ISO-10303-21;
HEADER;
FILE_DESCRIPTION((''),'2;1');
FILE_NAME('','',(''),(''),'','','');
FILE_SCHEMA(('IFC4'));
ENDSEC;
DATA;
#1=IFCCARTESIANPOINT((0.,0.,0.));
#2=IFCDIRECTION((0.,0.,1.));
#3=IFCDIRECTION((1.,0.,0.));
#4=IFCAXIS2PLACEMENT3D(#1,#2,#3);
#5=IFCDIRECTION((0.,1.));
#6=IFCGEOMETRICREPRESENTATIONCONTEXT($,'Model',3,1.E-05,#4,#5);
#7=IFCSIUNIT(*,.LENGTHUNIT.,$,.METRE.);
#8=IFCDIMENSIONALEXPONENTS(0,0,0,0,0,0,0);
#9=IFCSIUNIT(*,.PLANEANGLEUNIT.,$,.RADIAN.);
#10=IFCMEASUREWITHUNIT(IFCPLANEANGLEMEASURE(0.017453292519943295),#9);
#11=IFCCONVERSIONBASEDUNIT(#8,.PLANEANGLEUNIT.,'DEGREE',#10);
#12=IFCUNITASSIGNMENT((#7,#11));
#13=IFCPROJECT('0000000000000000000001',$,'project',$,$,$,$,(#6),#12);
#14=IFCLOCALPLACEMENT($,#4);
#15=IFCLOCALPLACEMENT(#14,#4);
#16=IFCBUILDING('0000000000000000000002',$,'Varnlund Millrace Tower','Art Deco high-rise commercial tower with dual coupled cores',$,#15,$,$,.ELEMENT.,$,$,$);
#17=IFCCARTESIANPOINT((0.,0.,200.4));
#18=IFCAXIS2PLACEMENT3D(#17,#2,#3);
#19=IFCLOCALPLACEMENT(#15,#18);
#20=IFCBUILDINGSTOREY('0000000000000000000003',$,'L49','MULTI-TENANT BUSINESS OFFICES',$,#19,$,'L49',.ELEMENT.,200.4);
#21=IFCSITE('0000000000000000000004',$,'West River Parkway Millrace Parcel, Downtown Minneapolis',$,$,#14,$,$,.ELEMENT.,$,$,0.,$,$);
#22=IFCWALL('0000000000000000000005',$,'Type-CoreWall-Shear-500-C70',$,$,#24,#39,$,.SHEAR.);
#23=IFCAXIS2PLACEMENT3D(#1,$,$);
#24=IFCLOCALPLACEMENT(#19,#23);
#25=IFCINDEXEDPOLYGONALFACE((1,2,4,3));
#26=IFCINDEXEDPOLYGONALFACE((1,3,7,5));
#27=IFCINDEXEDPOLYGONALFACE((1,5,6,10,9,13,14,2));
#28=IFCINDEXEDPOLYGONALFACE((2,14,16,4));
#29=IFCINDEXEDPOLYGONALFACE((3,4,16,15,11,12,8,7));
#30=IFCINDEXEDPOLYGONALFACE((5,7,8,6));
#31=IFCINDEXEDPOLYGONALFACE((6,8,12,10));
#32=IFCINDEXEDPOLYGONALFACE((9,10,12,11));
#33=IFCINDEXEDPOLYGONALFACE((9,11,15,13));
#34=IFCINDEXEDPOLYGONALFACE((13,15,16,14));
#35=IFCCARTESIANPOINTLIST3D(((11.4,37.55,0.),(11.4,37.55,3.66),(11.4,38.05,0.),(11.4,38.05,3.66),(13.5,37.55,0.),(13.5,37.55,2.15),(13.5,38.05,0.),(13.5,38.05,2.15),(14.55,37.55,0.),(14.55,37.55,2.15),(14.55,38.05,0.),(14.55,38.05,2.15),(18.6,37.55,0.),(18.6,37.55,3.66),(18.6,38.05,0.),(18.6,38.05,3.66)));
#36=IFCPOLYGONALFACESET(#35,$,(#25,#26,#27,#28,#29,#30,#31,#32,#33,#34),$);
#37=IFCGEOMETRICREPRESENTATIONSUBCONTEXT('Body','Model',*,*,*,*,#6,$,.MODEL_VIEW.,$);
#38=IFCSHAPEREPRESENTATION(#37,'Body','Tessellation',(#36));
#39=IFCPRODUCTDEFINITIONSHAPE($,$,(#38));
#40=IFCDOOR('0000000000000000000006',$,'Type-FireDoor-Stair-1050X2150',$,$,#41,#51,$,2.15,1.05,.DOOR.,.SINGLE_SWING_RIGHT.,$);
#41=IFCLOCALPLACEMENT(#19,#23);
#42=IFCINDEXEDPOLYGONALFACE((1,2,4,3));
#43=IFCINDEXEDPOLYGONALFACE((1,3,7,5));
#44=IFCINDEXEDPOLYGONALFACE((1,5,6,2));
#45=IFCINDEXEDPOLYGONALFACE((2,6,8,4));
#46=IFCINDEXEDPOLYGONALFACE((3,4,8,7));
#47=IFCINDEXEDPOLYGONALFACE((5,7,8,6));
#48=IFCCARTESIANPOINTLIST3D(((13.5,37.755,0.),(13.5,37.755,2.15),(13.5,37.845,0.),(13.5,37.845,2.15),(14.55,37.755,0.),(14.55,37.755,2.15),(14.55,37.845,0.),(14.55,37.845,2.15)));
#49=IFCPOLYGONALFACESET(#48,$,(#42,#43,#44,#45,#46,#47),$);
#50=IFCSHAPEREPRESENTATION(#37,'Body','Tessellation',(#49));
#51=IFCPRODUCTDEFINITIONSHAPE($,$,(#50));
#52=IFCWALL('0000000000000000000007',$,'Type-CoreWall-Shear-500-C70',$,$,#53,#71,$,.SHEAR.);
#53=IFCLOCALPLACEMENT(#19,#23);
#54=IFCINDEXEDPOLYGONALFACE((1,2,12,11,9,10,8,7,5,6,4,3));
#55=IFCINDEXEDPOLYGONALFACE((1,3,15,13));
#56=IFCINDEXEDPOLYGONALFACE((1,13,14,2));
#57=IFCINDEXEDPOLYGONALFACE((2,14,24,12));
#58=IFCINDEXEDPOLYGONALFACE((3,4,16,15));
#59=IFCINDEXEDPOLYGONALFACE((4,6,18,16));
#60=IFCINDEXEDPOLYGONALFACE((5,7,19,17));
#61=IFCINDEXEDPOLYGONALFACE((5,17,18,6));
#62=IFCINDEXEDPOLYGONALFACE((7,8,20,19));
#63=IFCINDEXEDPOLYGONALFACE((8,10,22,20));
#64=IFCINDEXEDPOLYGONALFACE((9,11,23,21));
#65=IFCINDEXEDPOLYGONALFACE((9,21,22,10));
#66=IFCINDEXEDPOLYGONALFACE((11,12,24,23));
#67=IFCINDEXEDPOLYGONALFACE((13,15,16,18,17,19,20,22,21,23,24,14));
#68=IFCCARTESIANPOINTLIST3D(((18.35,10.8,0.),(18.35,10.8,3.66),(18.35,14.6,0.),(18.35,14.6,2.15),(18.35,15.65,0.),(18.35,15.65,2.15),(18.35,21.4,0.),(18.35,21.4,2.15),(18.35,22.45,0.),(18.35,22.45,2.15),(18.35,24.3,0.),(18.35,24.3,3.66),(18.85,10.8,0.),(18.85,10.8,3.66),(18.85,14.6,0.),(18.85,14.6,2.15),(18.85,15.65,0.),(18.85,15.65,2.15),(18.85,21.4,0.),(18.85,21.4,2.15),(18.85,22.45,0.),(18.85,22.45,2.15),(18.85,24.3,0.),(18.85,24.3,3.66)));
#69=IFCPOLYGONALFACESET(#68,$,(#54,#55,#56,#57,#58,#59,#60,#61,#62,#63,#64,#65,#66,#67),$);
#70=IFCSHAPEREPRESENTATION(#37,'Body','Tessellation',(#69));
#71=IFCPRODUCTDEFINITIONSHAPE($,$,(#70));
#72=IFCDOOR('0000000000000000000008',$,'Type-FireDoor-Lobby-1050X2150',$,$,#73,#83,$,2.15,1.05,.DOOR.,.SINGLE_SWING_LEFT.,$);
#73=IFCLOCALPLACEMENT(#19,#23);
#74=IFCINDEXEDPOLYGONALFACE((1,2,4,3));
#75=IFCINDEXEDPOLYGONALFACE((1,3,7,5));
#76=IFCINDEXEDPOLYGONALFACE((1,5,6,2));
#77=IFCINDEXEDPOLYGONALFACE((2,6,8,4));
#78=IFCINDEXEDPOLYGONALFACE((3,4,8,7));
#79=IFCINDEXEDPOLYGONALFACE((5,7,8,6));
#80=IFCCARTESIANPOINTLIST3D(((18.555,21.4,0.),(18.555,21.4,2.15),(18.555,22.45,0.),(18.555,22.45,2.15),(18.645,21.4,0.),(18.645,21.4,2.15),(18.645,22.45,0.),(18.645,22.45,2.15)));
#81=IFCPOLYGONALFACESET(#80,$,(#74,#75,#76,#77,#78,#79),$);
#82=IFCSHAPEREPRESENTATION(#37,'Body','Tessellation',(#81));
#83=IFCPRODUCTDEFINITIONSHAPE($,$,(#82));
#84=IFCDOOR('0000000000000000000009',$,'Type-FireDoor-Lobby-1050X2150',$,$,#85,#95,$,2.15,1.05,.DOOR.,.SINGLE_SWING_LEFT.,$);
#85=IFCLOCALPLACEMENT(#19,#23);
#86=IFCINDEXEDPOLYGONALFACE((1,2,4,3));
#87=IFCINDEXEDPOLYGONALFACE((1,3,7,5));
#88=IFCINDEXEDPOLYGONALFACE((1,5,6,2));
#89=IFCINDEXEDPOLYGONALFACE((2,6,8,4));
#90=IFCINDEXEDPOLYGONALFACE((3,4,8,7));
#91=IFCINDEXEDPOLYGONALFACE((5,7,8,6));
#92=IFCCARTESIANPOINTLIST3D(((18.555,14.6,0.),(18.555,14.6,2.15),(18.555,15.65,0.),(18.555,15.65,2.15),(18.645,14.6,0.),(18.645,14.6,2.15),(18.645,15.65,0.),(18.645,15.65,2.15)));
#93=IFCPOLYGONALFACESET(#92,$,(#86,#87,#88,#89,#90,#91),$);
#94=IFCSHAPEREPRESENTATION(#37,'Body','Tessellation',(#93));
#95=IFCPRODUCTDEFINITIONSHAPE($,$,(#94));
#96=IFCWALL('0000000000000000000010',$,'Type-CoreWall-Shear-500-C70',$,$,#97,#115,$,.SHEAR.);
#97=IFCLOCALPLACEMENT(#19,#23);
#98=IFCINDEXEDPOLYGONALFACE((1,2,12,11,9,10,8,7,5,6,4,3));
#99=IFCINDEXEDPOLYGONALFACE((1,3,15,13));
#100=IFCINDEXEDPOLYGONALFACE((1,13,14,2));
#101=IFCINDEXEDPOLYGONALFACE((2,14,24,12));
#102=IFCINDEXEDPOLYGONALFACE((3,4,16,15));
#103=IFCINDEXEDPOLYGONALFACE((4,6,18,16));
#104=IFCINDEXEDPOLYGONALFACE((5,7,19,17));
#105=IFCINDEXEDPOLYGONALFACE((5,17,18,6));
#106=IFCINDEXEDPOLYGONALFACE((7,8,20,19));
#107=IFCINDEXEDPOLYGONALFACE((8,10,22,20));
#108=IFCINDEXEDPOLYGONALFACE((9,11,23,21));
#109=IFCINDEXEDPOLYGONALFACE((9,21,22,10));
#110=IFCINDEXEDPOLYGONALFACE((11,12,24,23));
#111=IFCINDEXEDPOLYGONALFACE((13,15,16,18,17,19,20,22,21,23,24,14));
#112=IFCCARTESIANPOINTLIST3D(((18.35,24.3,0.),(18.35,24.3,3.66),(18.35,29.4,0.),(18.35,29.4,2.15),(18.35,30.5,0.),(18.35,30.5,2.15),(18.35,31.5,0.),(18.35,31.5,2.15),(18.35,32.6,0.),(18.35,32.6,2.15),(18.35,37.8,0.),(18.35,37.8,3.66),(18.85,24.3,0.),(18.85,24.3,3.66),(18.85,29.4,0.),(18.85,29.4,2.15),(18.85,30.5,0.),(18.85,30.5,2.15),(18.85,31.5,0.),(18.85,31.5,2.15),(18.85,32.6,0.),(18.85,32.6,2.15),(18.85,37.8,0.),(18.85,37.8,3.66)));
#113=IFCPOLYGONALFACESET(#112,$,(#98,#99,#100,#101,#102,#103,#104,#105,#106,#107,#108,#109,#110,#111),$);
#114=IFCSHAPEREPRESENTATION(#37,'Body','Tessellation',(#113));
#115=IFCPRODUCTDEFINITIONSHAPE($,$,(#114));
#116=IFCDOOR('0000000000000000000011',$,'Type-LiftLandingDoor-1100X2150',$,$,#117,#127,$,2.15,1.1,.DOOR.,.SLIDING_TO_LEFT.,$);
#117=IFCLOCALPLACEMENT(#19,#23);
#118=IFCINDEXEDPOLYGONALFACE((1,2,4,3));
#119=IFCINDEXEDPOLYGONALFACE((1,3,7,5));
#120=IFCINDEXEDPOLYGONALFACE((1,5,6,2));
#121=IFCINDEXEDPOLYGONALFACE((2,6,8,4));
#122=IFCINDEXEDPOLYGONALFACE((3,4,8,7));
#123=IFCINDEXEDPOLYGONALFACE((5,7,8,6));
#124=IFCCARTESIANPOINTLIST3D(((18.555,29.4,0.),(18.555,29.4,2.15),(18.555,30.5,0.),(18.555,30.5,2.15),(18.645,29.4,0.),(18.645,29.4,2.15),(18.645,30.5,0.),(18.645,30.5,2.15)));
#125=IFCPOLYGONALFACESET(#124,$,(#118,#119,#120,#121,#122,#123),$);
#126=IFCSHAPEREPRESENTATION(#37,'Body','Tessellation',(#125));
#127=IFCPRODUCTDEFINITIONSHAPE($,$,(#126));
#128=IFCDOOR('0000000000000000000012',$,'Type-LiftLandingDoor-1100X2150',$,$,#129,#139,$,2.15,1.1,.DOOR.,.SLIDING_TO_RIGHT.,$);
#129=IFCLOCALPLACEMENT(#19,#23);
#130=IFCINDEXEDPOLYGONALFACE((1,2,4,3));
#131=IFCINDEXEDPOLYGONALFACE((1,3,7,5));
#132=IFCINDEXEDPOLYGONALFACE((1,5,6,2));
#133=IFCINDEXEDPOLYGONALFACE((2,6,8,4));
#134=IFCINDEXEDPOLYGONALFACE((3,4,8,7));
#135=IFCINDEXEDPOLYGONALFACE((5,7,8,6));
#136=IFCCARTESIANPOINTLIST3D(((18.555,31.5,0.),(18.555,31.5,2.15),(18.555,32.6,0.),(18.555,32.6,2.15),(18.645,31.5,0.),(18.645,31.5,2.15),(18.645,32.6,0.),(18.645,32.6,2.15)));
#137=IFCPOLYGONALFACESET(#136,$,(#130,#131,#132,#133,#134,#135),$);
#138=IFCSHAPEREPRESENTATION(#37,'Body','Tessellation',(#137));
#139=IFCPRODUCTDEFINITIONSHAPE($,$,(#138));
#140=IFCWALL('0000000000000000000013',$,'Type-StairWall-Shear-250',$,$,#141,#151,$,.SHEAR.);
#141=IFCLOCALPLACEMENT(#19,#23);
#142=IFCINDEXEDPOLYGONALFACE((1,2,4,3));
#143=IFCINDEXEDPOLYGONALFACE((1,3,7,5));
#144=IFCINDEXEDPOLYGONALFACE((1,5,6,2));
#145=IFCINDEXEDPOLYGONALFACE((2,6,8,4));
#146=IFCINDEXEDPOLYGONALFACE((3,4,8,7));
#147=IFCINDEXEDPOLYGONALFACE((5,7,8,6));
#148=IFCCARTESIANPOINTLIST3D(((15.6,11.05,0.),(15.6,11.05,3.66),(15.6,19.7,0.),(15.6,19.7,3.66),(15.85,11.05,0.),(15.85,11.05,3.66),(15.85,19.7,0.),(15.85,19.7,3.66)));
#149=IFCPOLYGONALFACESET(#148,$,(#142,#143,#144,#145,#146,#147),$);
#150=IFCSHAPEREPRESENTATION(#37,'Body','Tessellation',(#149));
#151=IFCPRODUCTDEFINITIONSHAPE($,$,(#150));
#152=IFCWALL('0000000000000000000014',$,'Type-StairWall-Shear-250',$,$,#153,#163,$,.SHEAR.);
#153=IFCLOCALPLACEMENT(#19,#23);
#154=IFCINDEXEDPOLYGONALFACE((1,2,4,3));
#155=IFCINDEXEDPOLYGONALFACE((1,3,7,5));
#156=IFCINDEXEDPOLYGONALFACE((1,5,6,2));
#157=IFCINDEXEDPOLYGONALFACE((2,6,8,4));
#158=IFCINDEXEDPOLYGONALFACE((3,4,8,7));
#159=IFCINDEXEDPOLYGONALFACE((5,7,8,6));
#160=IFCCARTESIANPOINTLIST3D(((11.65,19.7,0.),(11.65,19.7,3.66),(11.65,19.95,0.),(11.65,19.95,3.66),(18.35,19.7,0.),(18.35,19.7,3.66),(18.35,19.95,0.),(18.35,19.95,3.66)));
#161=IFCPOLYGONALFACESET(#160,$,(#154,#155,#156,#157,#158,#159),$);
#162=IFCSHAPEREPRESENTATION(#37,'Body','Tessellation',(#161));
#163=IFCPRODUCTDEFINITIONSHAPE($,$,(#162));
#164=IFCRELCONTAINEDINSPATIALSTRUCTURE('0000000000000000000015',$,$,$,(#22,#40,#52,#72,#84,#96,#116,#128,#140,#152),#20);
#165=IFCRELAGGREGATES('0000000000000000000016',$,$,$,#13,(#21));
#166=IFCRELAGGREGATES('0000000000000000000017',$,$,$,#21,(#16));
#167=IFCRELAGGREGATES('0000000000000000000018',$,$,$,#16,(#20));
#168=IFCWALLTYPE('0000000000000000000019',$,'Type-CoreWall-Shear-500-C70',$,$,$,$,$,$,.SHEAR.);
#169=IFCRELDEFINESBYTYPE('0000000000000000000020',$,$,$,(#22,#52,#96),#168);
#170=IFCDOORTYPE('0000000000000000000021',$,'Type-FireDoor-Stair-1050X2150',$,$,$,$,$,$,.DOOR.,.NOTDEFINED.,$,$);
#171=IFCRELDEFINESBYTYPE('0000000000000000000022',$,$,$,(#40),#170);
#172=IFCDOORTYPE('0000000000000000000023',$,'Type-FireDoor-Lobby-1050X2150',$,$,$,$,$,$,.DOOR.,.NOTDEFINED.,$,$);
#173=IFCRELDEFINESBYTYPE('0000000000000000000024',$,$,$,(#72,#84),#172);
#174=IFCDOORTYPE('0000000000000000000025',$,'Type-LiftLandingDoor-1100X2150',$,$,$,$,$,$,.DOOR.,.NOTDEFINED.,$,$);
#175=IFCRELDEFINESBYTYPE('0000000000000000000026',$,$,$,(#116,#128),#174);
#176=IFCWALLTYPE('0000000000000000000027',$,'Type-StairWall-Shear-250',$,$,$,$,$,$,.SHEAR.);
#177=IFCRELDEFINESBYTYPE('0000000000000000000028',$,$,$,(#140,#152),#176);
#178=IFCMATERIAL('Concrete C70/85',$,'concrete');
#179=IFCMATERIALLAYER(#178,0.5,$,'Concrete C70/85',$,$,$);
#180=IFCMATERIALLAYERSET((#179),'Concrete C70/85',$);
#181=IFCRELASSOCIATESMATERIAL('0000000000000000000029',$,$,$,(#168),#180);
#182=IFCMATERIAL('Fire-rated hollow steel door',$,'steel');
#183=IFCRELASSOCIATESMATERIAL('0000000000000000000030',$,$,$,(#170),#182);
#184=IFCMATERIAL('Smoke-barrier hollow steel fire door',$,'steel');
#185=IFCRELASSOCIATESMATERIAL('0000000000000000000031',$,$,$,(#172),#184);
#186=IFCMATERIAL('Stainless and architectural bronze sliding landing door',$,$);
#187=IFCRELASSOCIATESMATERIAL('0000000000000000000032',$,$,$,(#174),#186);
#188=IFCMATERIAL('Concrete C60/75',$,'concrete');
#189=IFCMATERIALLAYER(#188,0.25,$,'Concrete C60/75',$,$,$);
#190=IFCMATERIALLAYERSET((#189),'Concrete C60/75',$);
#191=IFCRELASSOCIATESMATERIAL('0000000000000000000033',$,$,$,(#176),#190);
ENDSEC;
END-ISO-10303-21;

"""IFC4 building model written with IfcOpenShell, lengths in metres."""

from ifc_helpers import new_model, entity, si_unit, converted_unit, direction, frame, origin_with_axes, origin_2d_with_axis, place, context, subcontext, project, spatial, polyline, rectangle, outline, extrude, material, layer, layer_set, type_object, element, fill, save


model = new_model("IFC4")

# Units and contexts
model_context = context("Model", 3, precision=1e-05, world=origin_with_axes(), true_north=direction((0.0, 1.0)))
body_context = subcontext(model_context, "Body", "Model", "MODEL_VIEW")
ifc_project = project(units=[si_unit("LENGTHUNIT", "METRE"), converted_unit("PLANEANGLEUNIT", "DEGREE", entity("IfcPlaneAngleMeasure", 0.017453292519943295), si_unit("PLANEANGLEUNIT", "RADIAN"), dimensions=[0, 0, 0, 0, 0, 0, 0])], contexts=[model_context])

# Site, building, storey
site_placement = place(None, origin_with_axes())
site = spatial("IfcSite", under=ifc_project, at=site_placement, Name="West River Parkway Millrace Parcel, Downtown Minneapolis", CompositionType="ELEMENT", RefElevation=0.0)
building_placement = place(site_placement, origin_with_axes())
building = spatial("IfcBuilding", under=site, at=building_placement, Name="Varnlund Millrace Tower", Description="Art Deco high-rise commercial tower with dual coupled cores", CompositionType="ELEMENT")
storey_placement = place(building_placement, frame((0.0, 0.0, 200.4), z_axis=(0.0, 0.0, 1.0), x_axis=(1.0, 0.0, 0.0)))
storey = spatial("IfcBuildingStorey", under=building, at=storey_placement, Name="L49", Description="MULTI-TENANT BUSINESS OFFICES", LongName="L49", CompositionType="ELEMENT", Elevation=200.4)

# Shared definitions
ifc_material_1 = material(Name="Concrete C60/75", Category="concrete")

# Shared definitions
ifc_material_2 = material(Name="Concrete C70/85", Category="concrete")
ifc_layer_1 = layer(ifc_material_2, 0.5, Name="Concrete C70/85")
ifc_layer_set_1 = layer_set([ifc_layer_1], Name="Concrete C70/85")
wall_type_1 = type_object("IfcWallType", Name="Type-CoreWall-Shear-500-C70", PredefinedType="SHEAR", material=ifc_layer_set_1)

# Wall, opening, door
ifc_material_3 = material(Name="Fire-rated hollow steel door", Category="steel")
door_type_1 = type_object("IfcDoorType", Name="Type-FireDoor-Stair-1050X2150", OperationType="NOTDEFINED", PredefinedType="DOOR", material=ifc_material_3)
wall_1_placement = place(storey_placement, frame((11.4, 37.8, 0.0), z_axis=(0.0, 0.0, 1.0), x_axis=(1.0, 0.0, 0.0)))
wall_1 = element("IfcWall", 1, at=wall_1_placement, inside=storey, type_object=wall_type_1, Name="Type-CoreWall-Shear-500-C70", PredefinedType="SHEAR", context=body_context, shape_type="SweptSolid", body=[
    extrude(outline(polyline([(0.0, -0.25), (7.2, -0.25), (7.2, 0.25), (0.0, 0.25), (0.0, -0.25)])), origin_with_axes(), (0.0, 0.0, 1.0), 3.66),
])
opening_1_placement = place(wall_1_placement, frame((2.625, 0.0, 0.0), z_axis=(0.0, 0.0, 1.0), x_axis=(1.0, 0.0, 0.0)))
opening_1 = element("IfcOpeningElement", 2, at=opening_1_placement, cuts=wall_1, PredefinedType="OPENING", context=body_context, shape_type="SweptSolid", body=[
    extrude(rectangle(XDim=1.05, YDim=0.52, at=origin_2d_with_axis()), origin_with_axes(), (0.0, 0.0, 1.0), 2.15),
])
door_1_placement = place(wall_1_placement, frame((2.625, 0.0, 0.0), z_axis=(0.0, 0.0, 1.0), x_axis=(1.0, 0.0, 0.0)))
door_1 = element("IfcDoor", 3, at=door_1_placement, inside=storey, type_object=door_type_1, Name="Type-FireDoor-Stair-1050X2150", OperationType="SINGLE_SWING_RIGHT", OverallHeight=2.15, OverallWidth=1.05, PredefinedType="DOOR", context=body_context, shape_type="SweptSolid", body=[
    extrude(rectangle(XDim=1.05, YDim=0.09, at=origin_2d_with_axis()), origin_with_axes(), (0.0, 0.0, 1.0), 2.15),
])
fill(opening_1, door_1)

# Walls, openings, doors
wall_2_placement = place(storey_placement, frame((18.6, 10.8, 0.0), z_axis=(0.0, 0.0, 1.0), x_axis=(0.0, 1.0, 0.0)))
wall_2 = element("IfcWall", 4, at=wall_2_placement, inside=storey, type_object=wall_type_1, Name="Type-CoreWall-Shear-500-C70", PredefinedType="SHEAR", context=body_context, shape_type="SweptSolid", body=[
    extrude(outline(polyline([(0.0, -0.25), (13.5, -0.25), (13.5, 0.25), (0.0, 0.25), (0.0, -0.25)])), origin_with_axes(), (0.0, 0.0, 1.0), 3.66),
])
opening_2_placement = place(wall_2_placement, frame((11.125, 0.0, 0.0), z_axis=(0.0, 0.0, 1.0), x_axis=(1.0, 0.0, 0.0)))
opening_2 = element("IfcOpeningElement", 5, at=opening_2_placement, cuts=wall_2, PredefinedType="OPENING", context=body_context, shape_type="SweptSolid", body=[
    extrude(rectangle(XDim=1.05, YDim=0.52, at=origin_2d_with_axis()), origin_with_axes(), (0.0, 0.0, 1.0), 2.15),
])
opening_3_placement = place(wall_2_placement, frame((4.325, 0.0, 0.0), z_axis=(0.0, 0.0, 1.0), x_axis=(1.0, 0.0, 0.0)))
opening_3 = element("IfcOpeningElement", 6, at=opening_3_placement, cuts=wall_2, PredefinedType="OPENING", context=body_context, shape_type="SweptSolid", body=[
    extrude(rectangle(XDim=1.05, YDim=0.52, at=origin_2d_with_axis()), origin_with_axes(), (0.0, 0.0, 1.0), 2.15),
])
ifc_material_4 = material(Name="Smoke-barrier hollow steel fire door", Category="steel")
door_type_2 = type_object("IfcDoorType", Name="Type-FireDoor-Lobby-1050X2150", OperationType="NOTDEFINED", PredefinedType="DOOR", material=ifc_material_4)
door_2_placement = place(wall_2_placement, frame((11.125, 0.0, 0.0), z_axis=(0.0, 0.0, 1.0), x_axis=(1.0, 0.0, 0.0)))
door_2 = element("IfcDoor", 7, at=door_2_placement, inside=storey, type_object=door_type_2, Name="Type-FireDoor-Lobby-1050X2150", OperationType="SINGLE_SWING_LEFT", OverallHeight=2.15, OverallWidth=1.05, PredefinedType="DOOR", context=body_context, shape_type="SweptSolid", body=[
    extrude(rectangle(XDim=1.05, YDim=0.09, at=origin_2d_with_axis()), origin_with_axes(), (0.0, 0.0, 1.0), 2.15),
])
fill(opening_2, door_2)
door_3_placement = place(wall_2_placement, frame((4.325, 0.0, 0.0), z_axis=(0.0, 0.0, 1.0), x_axis=(1.0, 0.0, 0.0)))
door_3 = element("IfcDoor", 8, at=door_3_placement, inside=storey, type_object=door_type_2, Name="Type-FireDoor-Lobby-1050X2150", OperationType="SINGLE_SWING_LEFT", OverallHeight=2.15, OverallWidth=1.05, PredefinedType="DOOR", context=body_context, shape_type="SweptSolid", body=[
    extrude(rectangle(XDim=1.05, YDim=0.09, at=origin_2d_with_axis()), origin_with_axes(), (0.0, 0.0, 1.0), 2.15),
])
fill(opening_3, door_3)
wall_3_placement = place(storey_placement, frame((18.6, 24.3, 0.0), z_axis=(0.0, 0.0, 1.0), x_axis=(0.0, 1.0, 0.0)))
wall_3 = element("IfcWall", 9, at=wall_3_placement, inside=storey, type_object=wall_type_1, Name="Type-CoreWall-Shear-500-C70", PredefinedType="SHEAR", context=body_context, shape_type="SweptSolid", body=[
    extrude(outline(polyline([(0.0, -0.25), (13.5, -0.25), (13.5, 0.25), (0.0, 0.25), (0.0, -0.25)])), origin_with_axes(), (0.0, 0.0, 1.0), 3.66),
])
opening_4_placement = place(wall_3_placement, frame((5.65, 0.0, 0.0), z_axis=(0.0, 0.0, 1.0), x_axis=(1.0, 0.0, 0.0)))
opening_4 = element("IfcOpeningElement", 10, at=opening_4_placement, cuts=wall_3, PredefinedType="OPENING", context=body_context, shape_type="SweptSolid", body=[
    extrude(rectangle(XDim=1.1, YDim=0.52, at=origin_2d_with_axis()), origin_with_axes(), (0.0, 0.0, 1.0), 2.15),
])
opening_5_placement = place(wall_3_placement, frame((7.75, 0.0, 0.0), z_axis=(0.0, 0.0, 1.0), x_axis=(1.0, 0.0, 0.0)))
opening_5 = element("IfcOpeningElement", 11, at=opening_5_placement, cuts=wall_3, PredefinedType="OPENING", context=body_context, shape_type="SweptSolid", body=[
    extrude(rectangle(XDim=1.1, YDim=0.52, at=origin_2d_with_axis()), origin_with_axes(), (0.0, 0.0, 1.0), 2.15),
])
ifc_material_5 = material(Name="Stainless and architectural bronze sliding landing door")
door_type_3 = type_object("IfcDoorType", Name="Type-LiftLandingDoor-1100X2150", OperationType="NOTDEFINED", PredefinedType="DOOR", material=ifc_material_5)
door_4_placement = place(wall_3_placement, frame((5.65, 0.0, 0.0), z_axis=(0.0, 0.0, 1.0), x_axis=(1.0, 0.0, 0.0)))
door_4 = element("IfcDoor", 12, at=door_4_placement, inside=storey, type_object=door_type_3, Name="Type-LiftLandingDoor-1100X2150", OperationType="SLIDING_TO_LEFT", OverallHeight=2.15, OverallWidth=1.1, PredefinedType="DOOR", context=body_context, shape_type="SweptSolid", body=[
    extrude(rectangle(XDim=1.1, YDim=0.09, at=origin_2d_with_axis()), origin_with_axes(), (0.0, 0.0, 1.0), 2.15),
])
fill(opening_4, door_4)
door_5_placement = place(wall_3_placement, frame((7.75, 0.0, 0.0), z_axis=(0.0, 0.0, 1.0), x_axis=(1.0, 0.0, 0.0)))
door_5 = element("IfcDoor", 13, at=door_5_placement, inside=storey, type_object=door_type_3, Name="Type-LiftLandingDoor-1100X2150", OperationType="SLIDING_TO_RIGHT", OverallHeight=2.15, OverallWidth=1.1, PredefinedType="DOOR", context=body_context, shape_type="SweptSolid", body=[
    extrude(rectangle(XDim=1.1, YDim=0.09, at=origin_2d_with_axis()), origin_with_axes(), (0.0, 0.0, 1.0), 2.15),
])
fill(opening_5, door_5)

# Walls
ifc_layer_2 = layer(ifc_material_1, 0.25, Name="Concrete C60/75")
ifc_layer_set_2 = layer_set([ifc_layer_2], Name="Concrete C60/75")
wall_type_2 = type_object("IfcWallType", Name="Type-StairWall-Shear-250", PredefinedType="SHEAR", material=ifc_layer_set_2)
wall_4_placement = place(storey_placement, frame((15.725, 11.05, 0.0), z_axis=(0.0, 0.0, 1.0), x_axis=(0.0, 1.0, 0.0)))
element("IfcWall", 14, at=wall_4_placement, inside=storey, type_object=wall_type_2, Name="Type-StairWall-Shear-250", PredefinedType="SHEAR", context=body_context, shape_type="SweptSolid", body=[
    extrude(outline(polyline([(0.0, -0.125), (8.65, -0.125), (8.65, 0.125), (0.0, 0.125), (0.0, -0.125)])), origin_with_axes(), (0.0, 0.0, 1.0), 3.66),
])
wall_5_placement = place(storey_placement, frame((11.65, 19.825, 0.0), z_axis=(0.0, 0.0, 1.0), x_axis=(1.0, 0.0, 0.0)))
element("IfcWall", 15, at=wall_5_placement, inside=storey, type_object=wall_type_2, Name="Type-StairWall-Shear-250", PredefinedType="SHEAR", context=body_context, shape_type="SweptSolid", body=[
    extrude(outline(polyline([(0.0, -0.125), (6.7, -0.125), (6.7, 0.125), (0.0, 0.125), (0.0, -0.125)])), origin_with_axes(), (0.0, 0.0, 1.0), 3.66),
])

save(model, "model.ifc")
